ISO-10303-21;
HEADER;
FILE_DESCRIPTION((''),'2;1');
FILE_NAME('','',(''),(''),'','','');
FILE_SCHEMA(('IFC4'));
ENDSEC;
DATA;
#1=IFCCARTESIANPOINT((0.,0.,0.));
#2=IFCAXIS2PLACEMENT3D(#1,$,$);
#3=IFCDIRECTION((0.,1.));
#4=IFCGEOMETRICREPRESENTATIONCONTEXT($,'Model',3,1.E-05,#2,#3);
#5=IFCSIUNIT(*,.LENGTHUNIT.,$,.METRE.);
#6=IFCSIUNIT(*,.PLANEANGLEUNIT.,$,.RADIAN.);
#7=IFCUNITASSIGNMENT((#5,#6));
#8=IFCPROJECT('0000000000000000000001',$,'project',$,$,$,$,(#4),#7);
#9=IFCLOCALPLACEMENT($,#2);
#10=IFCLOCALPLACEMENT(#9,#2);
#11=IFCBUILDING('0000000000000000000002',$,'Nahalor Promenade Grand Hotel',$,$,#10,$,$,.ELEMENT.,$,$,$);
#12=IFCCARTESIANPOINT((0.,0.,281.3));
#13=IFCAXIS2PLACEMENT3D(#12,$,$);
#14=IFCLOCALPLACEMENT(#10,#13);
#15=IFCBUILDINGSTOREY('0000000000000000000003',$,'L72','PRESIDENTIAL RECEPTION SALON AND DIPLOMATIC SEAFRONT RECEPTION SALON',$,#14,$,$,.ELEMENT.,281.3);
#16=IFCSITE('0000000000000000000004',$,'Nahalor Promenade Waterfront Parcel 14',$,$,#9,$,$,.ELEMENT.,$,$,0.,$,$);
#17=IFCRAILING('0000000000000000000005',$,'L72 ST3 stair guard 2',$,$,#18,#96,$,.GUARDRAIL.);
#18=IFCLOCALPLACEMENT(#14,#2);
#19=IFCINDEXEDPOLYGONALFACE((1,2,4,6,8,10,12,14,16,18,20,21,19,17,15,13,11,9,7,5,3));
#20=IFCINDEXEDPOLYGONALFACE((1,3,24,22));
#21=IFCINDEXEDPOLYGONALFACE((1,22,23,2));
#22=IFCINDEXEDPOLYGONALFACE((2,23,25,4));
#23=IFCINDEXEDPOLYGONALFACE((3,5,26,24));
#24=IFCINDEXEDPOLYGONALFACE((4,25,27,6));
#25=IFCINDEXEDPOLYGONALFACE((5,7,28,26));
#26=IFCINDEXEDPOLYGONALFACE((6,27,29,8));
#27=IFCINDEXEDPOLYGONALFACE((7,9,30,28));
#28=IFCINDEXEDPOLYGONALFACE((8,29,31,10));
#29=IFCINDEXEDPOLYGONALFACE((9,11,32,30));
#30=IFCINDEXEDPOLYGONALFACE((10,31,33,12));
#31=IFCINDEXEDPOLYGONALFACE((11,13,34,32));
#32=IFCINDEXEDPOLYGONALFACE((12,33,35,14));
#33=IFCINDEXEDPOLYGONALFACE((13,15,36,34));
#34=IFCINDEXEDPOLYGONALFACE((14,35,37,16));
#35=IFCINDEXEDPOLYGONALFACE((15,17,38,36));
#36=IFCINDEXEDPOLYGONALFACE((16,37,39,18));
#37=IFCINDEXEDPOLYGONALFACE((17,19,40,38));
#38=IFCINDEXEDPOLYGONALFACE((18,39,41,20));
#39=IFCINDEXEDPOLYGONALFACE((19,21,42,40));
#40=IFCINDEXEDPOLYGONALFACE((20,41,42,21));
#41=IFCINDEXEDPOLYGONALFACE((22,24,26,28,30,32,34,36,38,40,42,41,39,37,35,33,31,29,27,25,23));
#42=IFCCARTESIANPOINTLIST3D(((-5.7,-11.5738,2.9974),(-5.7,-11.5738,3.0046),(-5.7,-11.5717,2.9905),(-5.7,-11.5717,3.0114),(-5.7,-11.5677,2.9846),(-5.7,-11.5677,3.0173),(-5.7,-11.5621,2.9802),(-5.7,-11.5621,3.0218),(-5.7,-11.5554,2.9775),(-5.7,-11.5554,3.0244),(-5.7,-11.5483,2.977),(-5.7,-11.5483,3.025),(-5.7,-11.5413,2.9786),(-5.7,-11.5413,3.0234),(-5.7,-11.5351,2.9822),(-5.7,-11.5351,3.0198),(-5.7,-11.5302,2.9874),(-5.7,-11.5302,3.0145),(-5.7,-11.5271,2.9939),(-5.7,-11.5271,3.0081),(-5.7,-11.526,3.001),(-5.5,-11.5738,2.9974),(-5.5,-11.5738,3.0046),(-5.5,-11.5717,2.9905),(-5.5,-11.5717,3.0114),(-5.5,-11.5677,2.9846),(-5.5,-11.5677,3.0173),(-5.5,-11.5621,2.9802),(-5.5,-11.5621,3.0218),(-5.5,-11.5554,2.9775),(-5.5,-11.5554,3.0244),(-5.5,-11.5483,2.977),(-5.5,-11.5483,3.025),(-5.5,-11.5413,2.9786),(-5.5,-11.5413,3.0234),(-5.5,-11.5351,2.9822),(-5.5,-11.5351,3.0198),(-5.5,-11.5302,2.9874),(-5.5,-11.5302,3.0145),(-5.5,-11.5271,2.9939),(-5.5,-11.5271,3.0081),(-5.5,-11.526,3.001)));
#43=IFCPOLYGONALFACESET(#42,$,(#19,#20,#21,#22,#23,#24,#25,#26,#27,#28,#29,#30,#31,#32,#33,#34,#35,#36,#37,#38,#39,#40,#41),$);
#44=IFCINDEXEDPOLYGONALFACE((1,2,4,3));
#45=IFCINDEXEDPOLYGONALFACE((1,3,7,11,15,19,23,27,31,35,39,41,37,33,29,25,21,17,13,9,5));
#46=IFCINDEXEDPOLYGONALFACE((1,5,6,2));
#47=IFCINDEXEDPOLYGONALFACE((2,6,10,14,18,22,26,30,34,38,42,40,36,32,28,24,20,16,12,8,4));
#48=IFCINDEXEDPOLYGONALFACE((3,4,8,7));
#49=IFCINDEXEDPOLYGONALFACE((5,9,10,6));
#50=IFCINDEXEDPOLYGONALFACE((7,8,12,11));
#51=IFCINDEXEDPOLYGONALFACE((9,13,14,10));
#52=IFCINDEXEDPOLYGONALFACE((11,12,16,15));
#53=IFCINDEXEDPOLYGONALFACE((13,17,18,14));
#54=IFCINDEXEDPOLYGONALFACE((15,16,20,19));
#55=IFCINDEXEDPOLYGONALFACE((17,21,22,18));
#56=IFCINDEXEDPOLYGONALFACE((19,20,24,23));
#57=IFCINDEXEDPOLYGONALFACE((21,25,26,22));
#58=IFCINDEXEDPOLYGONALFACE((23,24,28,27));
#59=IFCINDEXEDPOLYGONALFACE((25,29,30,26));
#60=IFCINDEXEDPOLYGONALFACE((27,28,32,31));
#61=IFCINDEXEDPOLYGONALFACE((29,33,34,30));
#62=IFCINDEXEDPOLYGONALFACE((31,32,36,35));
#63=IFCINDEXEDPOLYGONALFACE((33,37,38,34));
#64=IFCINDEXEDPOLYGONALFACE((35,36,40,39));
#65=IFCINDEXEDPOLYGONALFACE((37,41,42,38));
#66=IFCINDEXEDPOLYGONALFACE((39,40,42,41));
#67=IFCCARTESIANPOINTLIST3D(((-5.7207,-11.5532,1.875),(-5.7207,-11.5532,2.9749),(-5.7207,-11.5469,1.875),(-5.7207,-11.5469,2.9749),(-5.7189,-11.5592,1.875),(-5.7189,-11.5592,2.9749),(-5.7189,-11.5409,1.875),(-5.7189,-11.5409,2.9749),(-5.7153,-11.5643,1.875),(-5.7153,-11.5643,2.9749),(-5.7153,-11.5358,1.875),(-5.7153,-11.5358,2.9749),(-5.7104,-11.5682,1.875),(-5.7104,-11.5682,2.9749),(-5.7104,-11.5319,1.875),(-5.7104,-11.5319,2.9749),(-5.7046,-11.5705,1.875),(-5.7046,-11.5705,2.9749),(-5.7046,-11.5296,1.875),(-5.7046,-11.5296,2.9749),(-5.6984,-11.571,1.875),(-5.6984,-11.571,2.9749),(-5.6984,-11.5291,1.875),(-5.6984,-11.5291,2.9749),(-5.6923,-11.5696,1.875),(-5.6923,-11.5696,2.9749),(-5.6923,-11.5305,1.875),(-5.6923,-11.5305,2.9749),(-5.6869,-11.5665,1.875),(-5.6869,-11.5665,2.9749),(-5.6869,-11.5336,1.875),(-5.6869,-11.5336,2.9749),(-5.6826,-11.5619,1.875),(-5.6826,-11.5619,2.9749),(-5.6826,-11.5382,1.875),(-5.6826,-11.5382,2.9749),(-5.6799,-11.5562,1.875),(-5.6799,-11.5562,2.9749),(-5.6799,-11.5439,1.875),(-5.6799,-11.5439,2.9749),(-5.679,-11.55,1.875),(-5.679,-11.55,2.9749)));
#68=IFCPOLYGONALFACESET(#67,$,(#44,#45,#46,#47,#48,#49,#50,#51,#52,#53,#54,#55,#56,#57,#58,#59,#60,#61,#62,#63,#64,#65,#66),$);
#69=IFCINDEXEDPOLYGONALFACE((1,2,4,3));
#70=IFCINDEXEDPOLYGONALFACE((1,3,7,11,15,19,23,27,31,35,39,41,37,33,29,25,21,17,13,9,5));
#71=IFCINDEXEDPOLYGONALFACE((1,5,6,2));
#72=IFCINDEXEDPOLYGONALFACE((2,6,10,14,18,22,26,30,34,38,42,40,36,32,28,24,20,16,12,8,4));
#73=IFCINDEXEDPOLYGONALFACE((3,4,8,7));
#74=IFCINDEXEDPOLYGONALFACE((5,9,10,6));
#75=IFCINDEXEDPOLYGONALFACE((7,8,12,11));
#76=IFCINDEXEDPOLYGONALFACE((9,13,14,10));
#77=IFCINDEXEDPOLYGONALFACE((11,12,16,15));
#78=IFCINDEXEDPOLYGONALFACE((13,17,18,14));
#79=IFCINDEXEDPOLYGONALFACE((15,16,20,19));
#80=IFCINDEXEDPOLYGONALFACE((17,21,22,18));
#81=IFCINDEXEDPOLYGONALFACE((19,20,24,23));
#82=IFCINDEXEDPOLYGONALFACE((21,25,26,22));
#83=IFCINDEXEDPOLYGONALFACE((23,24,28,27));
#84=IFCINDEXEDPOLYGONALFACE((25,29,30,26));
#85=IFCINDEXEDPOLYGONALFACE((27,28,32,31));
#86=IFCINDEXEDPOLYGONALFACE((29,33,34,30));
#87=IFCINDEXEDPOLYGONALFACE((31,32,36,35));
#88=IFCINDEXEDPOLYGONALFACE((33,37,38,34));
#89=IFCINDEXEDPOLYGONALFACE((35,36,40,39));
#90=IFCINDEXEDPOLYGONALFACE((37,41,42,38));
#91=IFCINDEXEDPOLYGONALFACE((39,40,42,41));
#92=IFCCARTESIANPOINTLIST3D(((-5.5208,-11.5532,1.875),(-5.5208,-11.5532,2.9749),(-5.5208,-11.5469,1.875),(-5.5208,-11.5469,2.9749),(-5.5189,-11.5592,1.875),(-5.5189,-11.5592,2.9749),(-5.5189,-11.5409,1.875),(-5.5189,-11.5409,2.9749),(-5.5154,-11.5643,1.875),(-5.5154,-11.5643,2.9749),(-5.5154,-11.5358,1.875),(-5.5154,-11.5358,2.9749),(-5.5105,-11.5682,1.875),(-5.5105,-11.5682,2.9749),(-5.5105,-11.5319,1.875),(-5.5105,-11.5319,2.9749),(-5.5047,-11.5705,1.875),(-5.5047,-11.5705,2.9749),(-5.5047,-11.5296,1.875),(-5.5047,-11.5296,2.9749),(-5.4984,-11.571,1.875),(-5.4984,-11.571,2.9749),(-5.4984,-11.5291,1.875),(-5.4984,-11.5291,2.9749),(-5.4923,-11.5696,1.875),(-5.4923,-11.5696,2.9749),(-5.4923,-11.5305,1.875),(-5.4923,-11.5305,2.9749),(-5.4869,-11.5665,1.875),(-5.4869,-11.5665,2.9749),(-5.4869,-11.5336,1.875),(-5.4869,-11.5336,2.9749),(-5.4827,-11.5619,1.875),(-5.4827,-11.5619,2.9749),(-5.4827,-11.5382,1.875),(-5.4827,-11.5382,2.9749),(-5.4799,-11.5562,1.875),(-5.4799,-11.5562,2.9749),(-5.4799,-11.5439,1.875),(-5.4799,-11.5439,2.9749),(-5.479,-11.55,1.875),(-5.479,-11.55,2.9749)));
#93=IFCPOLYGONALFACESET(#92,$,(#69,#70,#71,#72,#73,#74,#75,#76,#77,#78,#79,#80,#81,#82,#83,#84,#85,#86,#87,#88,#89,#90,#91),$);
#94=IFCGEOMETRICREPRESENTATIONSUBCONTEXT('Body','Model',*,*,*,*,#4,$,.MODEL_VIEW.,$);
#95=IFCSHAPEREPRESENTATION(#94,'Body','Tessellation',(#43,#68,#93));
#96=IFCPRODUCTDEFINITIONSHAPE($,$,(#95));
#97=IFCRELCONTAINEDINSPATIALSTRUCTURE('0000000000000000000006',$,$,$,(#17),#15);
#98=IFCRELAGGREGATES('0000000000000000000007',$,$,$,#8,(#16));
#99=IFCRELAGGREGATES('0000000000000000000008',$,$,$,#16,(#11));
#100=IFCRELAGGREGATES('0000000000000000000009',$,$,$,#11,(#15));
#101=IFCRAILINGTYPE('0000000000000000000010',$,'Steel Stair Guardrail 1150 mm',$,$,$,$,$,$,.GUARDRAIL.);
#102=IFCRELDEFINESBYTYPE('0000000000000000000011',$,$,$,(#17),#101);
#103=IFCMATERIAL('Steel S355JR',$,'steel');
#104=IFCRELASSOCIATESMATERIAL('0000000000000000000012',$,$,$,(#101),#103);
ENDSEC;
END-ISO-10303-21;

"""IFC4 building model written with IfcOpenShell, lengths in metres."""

from ifc_helpers import new_model, si_unit, direction, frame, origin, origin_2d, place, context, subcontext, project, spatial, circle, extrude, material, type_object, element, save


model = new_model("IFC4")

# Units and contexts
model_context = context("Model", 3, precision=1e-05, world=origin(), true_north=direction((0.0, 1.0)))
body_context = subcontext(model_context, "Body", "Model", "MODEL_VIEW")
ifc_project = project(units=[si_unit("LENGTHUNIT", "METRE"), si_unit("PLANEANGLEUNIT", "RADIAN")], contexts=[model_context])

# Site, building, storey
site_placement = place(None, origin())
site = spatial("IfcSite", under=ifc_project, at=site_placement, Name="Nahalor Promenade Waterfront Parcel 14", CompositionType="ELEMENT", RefElevation=0.0)
building_placement = place(site_placement, origin())
building = spatial("IfcBuilding", under=site, at=building_placement, Name="Nahalor Promenade Grand Hotel", CompositionType="ELEMENT")
storey_placement = place(building_placement, frame((0.0, 0.0, 281.3)))
storey = spatial("IfcBuildingStorey", under=building, at=storey_placement, Name="L72", Description="PRESIDENTIAL RECEPTION SALON AND DIPLOMATIC SEAFRONT RECEPTION SALON", CompositionType="ELEMENT", Elevation=281.3)

# Shared definitions
ifc_material_1 = material(Name="Steel S355JR", Category="steel")

# Railing
railing_type_1 = type_object("IfcRailingType", Name="Steel Stair Guardrail 1150 mm", PredefinedType="GUARDRAIL", material=ifc_material_1)
railing_1_placement = place(storey_placement, frame((-5.7, -11.55, 1.875)))
element("IfcRailing", 1, at=railing_1_placement, inside=storey, type_object=railing_type_1, Name="L72 ST3 stair guard 2", PredefinedType="GUARDRAIL", context=body_context, shape_type="SweptSolid", body=[
    extrude(circle(Radius=0.024, at=origin_2d()), frame((0.0, 0.0, 1.126), z_axis=(1.0, 0.0, 0.0), x_axis=(0.0, 1.0, 0.0)), (0.0, 0.0, 1.0), 0.2),
    extrude(circle(Radius=0.021, at=origin_2d()), origin(), (0.0, 0.0, 1.0), 1.0999),
    extrude(circle(Radius=0.021, at=origin_2d()), frame((0.2, 0.0, 0.0)), (0.0, 0.0, 1.0), 1.0999),
])

save(model, "model.ifc")
